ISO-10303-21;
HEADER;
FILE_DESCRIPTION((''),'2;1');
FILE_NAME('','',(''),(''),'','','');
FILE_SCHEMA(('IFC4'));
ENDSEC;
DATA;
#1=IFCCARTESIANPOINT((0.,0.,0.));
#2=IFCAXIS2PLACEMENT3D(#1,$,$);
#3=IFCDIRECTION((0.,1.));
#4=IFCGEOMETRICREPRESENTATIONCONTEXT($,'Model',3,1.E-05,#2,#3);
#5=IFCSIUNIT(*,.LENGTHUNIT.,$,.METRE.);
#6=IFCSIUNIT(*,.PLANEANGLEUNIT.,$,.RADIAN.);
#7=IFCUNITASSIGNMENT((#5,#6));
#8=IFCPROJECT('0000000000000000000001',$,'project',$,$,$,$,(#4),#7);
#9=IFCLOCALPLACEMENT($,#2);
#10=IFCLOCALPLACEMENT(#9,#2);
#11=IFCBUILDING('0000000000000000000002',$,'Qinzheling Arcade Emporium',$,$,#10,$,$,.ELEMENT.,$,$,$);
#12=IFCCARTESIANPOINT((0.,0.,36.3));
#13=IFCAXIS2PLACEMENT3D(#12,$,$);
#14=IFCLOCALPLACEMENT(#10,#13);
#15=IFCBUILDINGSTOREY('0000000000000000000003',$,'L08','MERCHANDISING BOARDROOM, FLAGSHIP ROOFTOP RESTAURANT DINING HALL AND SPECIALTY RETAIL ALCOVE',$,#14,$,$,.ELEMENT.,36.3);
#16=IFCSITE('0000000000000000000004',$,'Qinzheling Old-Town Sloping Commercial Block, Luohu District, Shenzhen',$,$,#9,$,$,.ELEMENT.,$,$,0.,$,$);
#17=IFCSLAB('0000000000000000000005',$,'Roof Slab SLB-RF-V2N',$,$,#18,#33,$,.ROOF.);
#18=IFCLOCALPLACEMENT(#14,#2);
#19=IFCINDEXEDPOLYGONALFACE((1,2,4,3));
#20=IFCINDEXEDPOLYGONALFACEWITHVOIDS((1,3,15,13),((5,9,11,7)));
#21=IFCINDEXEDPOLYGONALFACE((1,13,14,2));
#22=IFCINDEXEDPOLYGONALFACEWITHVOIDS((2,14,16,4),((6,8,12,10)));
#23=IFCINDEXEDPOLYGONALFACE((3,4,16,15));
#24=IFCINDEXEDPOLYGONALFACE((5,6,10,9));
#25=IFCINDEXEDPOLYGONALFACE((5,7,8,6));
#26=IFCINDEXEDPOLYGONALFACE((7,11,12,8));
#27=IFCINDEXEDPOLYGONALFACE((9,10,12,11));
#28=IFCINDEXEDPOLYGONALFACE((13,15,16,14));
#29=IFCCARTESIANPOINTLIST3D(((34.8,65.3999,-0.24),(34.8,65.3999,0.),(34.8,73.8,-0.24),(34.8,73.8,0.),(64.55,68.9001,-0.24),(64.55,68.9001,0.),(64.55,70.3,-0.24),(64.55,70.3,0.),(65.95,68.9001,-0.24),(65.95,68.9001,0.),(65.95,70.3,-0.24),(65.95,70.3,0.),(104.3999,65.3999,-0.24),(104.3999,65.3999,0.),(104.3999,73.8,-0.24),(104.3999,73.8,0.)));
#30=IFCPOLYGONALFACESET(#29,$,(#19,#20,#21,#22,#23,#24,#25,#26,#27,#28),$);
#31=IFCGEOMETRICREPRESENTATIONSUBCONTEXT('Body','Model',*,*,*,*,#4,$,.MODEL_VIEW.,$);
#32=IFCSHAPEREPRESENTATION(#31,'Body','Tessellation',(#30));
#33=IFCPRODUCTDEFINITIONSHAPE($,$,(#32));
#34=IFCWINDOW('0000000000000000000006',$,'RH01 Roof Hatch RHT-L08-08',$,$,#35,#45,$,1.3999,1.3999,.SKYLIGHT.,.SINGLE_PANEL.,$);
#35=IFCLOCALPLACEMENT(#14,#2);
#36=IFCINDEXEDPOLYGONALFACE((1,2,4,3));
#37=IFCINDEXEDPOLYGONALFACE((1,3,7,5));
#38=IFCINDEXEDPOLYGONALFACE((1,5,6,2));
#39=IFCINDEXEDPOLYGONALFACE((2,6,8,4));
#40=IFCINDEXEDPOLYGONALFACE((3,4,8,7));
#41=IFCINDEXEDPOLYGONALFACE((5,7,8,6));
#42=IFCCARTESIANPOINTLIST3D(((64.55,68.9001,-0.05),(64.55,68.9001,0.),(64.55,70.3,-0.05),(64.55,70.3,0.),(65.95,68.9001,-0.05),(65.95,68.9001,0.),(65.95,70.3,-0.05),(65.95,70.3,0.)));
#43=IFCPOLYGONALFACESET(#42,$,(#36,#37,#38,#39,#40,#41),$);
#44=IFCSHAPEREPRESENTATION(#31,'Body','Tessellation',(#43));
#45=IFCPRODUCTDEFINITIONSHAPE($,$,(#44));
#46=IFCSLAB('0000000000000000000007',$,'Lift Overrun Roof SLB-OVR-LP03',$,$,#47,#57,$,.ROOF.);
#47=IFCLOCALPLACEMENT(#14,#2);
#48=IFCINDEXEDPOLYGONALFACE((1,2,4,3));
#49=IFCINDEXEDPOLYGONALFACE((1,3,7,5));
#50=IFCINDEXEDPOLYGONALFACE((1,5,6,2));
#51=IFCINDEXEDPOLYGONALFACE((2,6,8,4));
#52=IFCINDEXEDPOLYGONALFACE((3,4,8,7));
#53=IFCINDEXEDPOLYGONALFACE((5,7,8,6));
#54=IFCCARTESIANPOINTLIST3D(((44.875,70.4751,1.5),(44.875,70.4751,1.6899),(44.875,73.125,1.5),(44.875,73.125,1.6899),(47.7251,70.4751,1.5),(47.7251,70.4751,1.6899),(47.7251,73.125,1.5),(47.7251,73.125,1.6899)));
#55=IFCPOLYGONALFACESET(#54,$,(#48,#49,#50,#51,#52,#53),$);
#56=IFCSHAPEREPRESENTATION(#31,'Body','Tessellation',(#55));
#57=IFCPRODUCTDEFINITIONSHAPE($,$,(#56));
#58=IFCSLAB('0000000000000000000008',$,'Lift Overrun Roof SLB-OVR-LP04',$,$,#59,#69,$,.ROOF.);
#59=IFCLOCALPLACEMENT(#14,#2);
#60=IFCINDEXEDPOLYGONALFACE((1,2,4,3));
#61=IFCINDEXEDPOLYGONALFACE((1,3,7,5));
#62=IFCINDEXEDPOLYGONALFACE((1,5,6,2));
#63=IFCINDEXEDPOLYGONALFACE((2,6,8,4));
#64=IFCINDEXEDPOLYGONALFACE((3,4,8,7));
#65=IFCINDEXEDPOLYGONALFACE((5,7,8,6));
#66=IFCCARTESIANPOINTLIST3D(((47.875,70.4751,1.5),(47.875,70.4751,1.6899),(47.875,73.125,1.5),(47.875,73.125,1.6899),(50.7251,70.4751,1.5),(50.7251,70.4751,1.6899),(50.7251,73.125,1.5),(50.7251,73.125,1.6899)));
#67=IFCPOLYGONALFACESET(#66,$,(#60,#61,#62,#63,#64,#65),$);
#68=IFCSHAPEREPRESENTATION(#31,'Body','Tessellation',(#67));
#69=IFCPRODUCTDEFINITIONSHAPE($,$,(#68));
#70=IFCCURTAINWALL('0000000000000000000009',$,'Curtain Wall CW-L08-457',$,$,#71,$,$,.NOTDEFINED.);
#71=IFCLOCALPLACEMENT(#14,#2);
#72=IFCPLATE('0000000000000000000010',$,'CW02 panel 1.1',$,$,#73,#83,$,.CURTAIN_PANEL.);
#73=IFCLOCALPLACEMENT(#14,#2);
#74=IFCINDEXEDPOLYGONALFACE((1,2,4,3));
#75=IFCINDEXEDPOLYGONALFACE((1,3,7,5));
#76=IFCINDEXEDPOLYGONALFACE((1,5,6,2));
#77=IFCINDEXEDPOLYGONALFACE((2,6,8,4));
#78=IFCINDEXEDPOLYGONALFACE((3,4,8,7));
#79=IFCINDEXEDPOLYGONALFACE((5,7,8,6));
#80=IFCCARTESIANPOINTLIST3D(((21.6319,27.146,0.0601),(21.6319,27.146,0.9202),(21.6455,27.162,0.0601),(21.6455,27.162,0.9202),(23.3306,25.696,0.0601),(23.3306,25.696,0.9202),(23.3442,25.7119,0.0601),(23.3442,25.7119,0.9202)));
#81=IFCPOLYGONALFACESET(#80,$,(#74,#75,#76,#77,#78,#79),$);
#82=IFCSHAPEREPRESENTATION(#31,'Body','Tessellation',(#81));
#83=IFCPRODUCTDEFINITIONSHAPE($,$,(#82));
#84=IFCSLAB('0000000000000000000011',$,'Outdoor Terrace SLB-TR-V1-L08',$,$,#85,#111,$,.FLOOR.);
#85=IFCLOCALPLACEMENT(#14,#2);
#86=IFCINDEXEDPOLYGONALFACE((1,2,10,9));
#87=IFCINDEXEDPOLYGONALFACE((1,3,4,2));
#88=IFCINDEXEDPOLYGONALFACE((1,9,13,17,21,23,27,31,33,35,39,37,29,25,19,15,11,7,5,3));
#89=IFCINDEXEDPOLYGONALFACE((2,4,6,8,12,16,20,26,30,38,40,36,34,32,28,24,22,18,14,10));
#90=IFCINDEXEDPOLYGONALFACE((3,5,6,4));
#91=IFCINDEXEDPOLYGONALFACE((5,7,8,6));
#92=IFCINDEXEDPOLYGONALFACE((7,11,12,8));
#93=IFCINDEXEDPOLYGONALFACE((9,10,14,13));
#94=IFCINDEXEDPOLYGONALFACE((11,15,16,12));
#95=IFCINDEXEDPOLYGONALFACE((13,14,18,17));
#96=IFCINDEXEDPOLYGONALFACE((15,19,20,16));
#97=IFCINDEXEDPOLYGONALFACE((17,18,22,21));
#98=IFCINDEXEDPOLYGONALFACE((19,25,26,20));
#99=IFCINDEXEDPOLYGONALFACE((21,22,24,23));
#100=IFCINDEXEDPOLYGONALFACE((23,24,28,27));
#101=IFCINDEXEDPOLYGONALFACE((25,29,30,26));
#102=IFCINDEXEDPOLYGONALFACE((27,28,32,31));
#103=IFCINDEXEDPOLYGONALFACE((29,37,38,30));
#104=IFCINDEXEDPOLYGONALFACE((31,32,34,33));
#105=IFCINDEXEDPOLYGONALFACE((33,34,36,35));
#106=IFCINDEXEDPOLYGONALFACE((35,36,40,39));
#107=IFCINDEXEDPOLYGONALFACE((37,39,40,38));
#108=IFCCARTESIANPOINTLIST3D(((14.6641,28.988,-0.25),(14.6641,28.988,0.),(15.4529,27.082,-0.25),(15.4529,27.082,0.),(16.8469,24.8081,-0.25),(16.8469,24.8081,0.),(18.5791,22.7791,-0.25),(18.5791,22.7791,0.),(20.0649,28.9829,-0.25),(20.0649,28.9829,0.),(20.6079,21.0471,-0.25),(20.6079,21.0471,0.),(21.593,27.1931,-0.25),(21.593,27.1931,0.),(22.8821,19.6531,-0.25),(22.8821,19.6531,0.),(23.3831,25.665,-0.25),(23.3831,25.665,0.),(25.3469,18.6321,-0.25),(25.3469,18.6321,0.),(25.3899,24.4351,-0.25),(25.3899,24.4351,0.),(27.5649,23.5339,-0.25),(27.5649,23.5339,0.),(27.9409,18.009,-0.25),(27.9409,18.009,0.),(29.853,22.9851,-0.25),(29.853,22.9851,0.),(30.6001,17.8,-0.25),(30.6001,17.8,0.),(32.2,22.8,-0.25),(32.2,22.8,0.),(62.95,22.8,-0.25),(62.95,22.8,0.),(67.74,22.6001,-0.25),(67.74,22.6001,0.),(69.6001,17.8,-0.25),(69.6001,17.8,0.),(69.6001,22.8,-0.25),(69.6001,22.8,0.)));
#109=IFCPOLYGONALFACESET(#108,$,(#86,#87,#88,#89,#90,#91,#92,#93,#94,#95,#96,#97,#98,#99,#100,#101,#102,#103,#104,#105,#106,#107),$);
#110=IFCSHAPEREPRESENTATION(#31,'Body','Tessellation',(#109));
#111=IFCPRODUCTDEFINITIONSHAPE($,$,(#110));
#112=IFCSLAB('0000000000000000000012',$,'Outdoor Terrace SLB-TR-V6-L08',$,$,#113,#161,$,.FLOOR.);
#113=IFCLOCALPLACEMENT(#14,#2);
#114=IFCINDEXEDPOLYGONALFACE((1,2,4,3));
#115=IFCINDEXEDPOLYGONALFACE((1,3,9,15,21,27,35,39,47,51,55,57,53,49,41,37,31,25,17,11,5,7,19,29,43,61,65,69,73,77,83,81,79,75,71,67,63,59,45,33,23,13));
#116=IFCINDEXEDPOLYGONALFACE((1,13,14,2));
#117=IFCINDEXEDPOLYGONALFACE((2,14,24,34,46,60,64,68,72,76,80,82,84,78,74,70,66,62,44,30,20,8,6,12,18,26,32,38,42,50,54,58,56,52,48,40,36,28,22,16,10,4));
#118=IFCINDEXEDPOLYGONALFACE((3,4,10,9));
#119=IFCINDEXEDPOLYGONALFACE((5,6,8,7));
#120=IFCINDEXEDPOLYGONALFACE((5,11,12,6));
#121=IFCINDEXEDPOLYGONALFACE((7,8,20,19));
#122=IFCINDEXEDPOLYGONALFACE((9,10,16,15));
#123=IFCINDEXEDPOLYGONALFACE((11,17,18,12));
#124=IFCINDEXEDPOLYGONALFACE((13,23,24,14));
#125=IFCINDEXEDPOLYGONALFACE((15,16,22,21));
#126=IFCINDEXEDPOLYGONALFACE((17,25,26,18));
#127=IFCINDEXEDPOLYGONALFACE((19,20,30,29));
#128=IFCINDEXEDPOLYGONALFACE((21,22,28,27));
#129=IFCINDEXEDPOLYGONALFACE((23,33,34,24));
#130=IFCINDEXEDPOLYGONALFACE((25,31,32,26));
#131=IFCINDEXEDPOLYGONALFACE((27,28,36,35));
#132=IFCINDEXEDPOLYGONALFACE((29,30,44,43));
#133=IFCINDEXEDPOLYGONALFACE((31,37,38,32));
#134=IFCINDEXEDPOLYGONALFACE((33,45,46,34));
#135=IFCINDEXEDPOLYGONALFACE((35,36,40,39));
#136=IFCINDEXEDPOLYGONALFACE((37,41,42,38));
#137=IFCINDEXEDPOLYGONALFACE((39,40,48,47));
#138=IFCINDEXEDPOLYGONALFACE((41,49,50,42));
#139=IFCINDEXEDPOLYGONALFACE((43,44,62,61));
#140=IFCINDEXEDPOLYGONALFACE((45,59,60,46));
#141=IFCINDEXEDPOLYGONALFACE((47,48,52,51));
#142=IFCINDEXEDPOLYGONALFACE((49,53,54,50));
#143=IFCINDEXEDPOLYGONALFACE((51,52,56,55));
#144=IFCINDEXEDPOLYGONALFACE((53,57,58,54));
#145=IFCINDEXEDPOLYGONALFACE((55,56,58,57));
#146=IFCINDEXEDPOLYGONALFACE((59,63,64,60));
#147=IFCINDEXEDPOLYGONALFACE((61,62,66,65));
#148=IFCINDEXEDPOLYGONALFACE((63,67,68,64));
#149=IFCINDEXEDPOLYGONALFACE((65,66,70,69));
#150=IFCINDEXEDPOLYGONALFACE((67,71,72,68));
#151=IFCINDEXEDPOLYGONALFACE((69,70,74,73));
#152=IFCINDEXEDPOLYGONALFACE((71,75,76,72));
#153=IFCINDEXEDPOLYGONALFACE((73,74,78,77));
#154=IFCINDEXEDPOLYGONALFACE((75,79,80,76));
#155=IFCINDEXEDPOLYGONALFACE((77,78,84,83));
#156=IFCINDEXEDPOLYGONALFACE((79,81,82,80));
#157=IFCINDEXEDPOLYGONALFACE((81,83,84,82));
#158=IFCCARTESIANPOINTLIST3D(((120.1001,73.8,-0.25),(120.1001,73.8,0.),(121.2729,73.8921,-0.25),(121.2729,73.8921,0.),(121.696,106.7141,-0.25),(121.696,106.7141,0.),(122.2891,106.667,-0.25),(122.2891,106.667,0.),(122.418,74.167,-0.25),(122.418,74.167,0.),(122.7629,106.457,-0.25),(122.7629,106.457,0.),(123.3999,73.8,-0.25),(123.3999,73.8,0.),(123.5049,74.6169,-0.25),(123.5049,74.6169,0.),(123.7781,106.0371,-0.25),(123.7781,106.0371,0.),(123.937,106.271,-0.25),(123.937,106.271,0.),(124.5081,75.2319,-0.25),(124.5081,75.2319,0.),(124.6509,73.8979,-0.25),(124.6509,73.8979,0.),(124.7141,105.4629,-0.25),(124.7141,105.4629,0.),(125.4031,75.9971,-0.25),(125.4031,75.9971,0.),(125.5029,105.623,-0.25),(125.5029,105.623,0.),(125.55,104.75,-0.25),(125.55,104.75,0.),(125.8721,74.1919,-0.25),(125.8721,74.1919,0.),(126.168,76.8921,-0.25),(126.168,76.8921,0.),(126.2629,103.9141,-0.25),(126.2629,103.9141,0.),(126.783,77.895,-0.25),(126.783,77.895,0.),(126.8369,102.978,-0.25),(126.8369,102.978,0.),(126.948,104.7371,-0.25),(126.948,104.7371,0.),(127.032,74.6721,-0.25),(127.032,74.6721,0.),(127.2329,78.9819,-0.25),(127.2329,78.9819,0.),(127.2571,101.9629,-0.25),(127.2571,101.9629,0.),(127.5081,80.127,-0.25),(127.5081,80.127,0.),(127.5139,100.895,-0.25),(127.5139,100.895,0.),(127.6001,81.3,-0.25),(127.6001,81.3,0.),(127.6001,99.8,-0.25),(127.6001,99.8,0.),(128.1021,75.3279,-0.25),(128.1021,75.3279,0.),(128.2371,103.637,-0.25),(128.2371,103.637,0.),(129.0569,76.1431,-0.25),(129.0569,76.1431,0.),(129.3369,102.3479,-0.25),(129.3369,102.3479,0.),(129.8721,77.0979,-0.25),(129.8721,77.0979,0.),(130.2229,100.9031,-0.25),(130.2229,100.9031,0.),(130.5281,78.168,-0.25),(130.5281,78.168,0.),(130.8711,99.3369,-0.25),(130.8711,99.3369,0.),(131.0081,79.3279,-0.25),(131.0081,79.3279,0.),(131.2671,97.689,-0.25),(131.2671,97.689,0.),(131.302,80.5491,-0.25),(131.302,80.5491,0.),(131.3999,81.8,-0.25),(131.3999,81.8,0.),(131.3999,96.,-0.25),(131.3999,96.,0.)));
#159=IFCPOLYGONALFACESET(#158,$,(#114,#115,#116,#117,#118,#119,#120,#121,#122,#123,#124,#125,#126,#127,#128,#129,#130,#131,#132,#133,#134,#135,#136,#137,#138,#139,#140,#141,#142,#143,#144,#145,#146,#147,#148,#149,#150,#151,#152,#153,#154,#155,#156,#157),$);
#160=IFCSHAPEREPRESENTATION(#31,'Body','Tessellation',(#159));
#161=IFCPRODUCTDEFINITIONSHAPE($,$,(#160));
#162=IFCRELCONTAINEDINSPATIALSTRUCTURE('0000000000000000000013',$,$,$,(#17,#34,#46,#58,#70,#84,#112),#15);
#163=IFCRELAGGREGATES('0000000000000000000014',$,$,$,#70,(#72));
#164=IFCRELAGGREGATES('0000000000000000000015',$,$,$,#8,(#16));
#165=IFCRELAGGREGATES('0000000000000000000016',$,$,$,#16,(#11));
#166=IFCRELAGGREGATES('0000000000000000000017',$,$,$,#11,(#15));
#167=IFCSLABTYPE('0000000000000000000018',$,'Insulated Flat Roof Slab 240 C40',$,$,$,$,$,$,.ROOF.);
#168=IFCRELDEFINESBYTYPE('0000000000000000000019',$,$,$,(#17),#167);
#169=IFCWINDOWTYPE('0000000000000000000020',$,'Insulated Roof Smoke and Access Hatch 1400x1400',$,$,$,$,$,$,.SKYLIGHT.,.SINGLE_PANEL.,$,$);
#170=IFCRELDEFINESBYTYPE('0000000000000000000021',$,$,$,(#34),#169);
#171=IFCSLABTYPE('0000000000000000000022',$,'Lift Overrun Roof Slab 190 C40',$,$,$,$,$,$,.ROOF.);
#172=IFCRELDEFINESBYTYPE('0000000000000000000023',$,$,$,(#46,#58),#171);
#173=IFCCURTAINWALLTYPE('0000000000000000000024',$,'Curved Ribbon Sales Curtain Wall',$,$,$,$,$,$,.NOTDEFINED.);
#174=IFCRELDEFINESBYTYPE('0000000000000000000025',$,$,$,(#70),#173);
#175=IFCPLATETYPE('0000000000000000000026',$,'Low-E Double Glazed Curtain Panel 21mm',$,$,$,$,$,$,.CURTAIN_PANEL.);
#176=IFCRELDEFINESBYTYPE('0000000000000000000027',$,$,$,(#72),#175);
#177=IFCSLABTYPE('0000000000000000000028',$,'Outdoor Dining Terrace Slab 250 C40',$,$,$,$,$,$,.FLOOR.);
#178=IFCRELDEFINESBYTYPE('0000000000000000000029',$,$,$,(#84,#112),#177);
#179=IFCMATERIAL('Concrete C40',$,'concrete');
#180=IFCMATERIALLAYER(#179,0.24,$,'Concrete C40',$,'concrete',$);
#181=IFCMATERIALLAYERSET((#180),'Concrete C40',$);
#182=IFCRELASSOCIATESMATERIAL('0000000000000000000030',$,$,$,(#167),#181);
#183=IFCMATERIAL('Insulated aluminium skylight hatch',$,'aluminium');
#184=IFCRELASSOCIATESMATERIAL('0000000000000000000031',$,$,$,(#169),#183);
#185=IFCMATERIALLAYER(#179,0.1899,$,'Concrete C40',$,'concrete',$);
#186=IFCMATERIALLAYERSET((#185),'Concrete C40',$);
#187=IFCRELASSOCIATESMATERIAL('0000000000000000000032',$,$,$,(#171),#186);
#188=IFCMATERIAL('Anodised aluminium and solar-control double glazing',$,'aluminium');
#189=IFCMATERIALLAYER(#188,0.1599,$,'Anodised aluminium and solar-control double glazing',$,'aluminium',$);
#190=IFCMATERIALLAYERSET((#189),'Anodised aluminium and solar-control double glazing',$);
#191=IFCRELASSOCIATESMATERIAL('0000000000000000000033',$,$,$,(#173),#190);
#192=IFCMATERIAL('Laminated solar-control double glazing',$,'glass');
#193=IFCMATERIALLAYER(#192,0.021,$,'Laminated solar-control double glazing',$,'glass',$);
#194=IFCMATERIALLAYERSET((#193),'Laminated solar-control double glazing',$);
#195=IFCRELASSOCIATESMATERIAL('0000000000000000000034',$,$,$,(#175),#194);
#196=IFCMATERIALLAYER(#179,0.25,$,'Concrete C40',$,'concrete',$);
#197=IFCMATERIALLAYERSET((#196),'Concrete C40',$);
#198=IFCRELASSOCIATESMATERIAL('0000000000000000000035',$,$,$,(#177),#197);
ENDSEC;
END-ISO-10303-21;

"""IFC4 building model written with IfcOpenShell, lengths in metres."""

from ifc_helpers import new_model, si_unit, direction, frame, origin, origin_2d, place, context, subcontext, project, spatial, polyline, rectangle, outline, extrude, material, layer, layer_set, type_object, element, fill, aggregate, save


model = new_model("IFC4")

# Units and contexts
model_context = context("Model", 3, precision=1e-05, world=origin(), true_north=direction((0.0, 1.0)))
body_context = subcontext(model_context, "Body", "Model", "MODEL_VIEW")
ifc_project = project(units=[si_unit("LENGTHUNIT", "METRE"), si_unit("PLANEANGLEUNIT", "RADIAN")], contexts=[model_context])

# Site, building, storey
site_placement = place(None, origin())
site = spatial("IfcSite", under=ifc_project, at=site_placement, Name="Qinzheling Old-Town Sloping Commercial Block, Luohu District, Shenzhen", CompositionType="ELEMENT", RefElevation=0.0)
building_placement = place(site_placement, origin())
building = spatial("IfcBuilding", under=site, at=building_placement, Name="Qinzheling Arcade Emporium", CompositionType="ELEMENT")
storey_placement = place(building_placement, frame((0.0, 0.0, 36.3)))
storey = spatial("IfcBuildingStorey", under=building, at=storey_placement, Name="L08", Description="MERCHANDISING BOARDROOM, FLAGSHIP ROOFTOP RESTAURANT DINING HALL AND SPECIALTY RETAIL ALCOVE", CompositionType="ELEMENT", Elevation=36.3)

# Shared definitions
ifc_material_1 = material(Name="Concrete C40", Category="concrete")

# Slab, opening, window
ifc_layer_1 = layer(ifc_material_1, 0.24, Name="Concrete C40", Category="concrete")
ifc_layer_set_1 = layer_set([ifc_layer_1], Name="Concrete C40")
slab_type_1 = type_object("IfcSlabType", Name="Insulated Flat Roof Slab 240 C40", PredefinedType="ROOF", material=ifc_layer_set_1)
ifc_material_2 = material(Name="Insulated aluminium skylight hatch", Category="aluminium")
slab_1_placement = place(storey_placement, frame((0.0, 0.0, -0.24)))
slab_1 = element("IfcSlab", 1, at=slab_1_placement, inside=storey, type_object=slab_type_1, Name="Roof Slab SLB-RF-V2N", PredefinedType="ROOF", context=body_context, shape_type="SweptSolid", body=[
    extrude(outline(polyline([(104.3999, 65.3999), (104.3999, 73.8), (34.8, 73.8), (34.8, 65.3999), (104.3999, 65.3999)])), origin(), (0.0, 0.0, 1.0), 0.24),
])
opening_1_placement = place(slab_1_placement, frame((65.25, 69.6001, -0.01)))
opening_1 = element("IfcOpeningElement", 2, at=opening_1_placement, cuts=slab_1, PredefinedType="OPENING", context=body_context, shape_type="SweptSolid", body=[
    extrude(rectangle(XDim=1.3999, YDim=1.3999, at=origin_2d()), origin(), (0.0, 0.0, 1.0), 0.26),
])
window_type_1 = type_object("IfcWindowType", Name="Insulated Roof Smoke and Access Hatch 1400x1400", PartitioningType="SINGLE_PANEL", PredefinedType="SKYLIGHT", material=ifc_material_2)
window_1_placement = place(opening_1_placement, frame((0.0, 0.0, 0.2)))
window_1 = element("IfcWindow", 3, at=window_1_placement, inside=storey, type_object=window_type_1, Name="RH01 Roof Hatch RHT-L08-08", OverallHeight=1.3999, OverallWidth=1.3999, PartitioningType="SINGLE_PANEL", PredefinedType="SKYLIGHT", context=body_context, shape_type="SweptSolid", body=[
    extrude(rectangle(XDim=1.3999, YDim=1.3999, at=origin_2d()), origin(), (0.0, 0.0, 1.0), 0.05),
])
fill(opening_1, window_1)

# Slabs
ifc_layer_2 = layer(ifc_material_1, 0.1899, Name="Concrete C40", Category="concrete")
ifc_layer_set_2 = layer_set([ifc_layer_2], Name="Concrete C40")
slab_type_2 = type_object("IfcSlabType", Name="Lift Overrun Roof Slab 190 C40", PredefinedType="ROOF", material=ifc_layer_set_2)
slab_2_placement = place(storey_placement, frame((0.0, 0.0, 1.5)))
element("IfcSlab", 4, at=slab_2_placement, inside=storey, type_object=slab_type_2, Name="Lift Overrun Roof SLB-OVR-LP03", PredefinedType="ROOF", context=body_context, shape_type="SweptSolid", body=[
    extrude(outline(polyline([(44.875, 70.4751), (47.7251, 70.4751), (47.7251, 73.125), (44.875, 73.125), (44.875, 70.4751)])), origin(), (0.0, 0.0, 1.0), 0.1899),
])
slab_3_placement = place(storey_placement, frame((0.0, 0.0, 1.5)))
element("IfcSlab", 5, at=slab_3_placement, inside=storey, type_object=slab_type_2, Name="Lift Overrun Roof SLB-OVR-LP04", PredefinedType="ROOF", context=body_context, shape_type="SweptSolid", body=[
    extrude(outline(polyline([(47.875, 70.4751), (50.7251, 70.4751), (50.7251, 73.125), (47.875, 73.125), (47.875, 70.4751)])), origin(), (0.0, 0.0, 1.0), 0.1899),
])

# Curtain wall, plate
ifc_material_3 = material(Name="Anodised aluminium and solar-control double glazing", Category="aluminium")
ifc_layer_3 = layer(ifc_material_3, 0.1599, Name="Anodised aluminium and solar-control double glazing", Category="aluminium")
ifc_layer_set_3 = layer_set([ifc_layer_3], Name="Anodised aluminium and solar-control double glazing")
curtain_wall_type = type_object("IfcCurtainWallType", Name="Curved Ribbon Sales Curtain Wall", PredefinedType="NOTDEFINED", material=ifc_layer_set_3)
curtain_wall_placement = place(storey_placement, origin())
curtain_wall = element("IfcCurtainWall", 6, at=curtain_wall_placement, inside=storey, type_object=curtain_wall_type, Name="Curtain Wall CW-L08-457", PredefinedType="NOTDEFINED")
ifc_material_4 = material(Name="Laminated solar-control double glazing", Category="glass")
ifc_layer_4 = layer(ifc_material_4, 0.021, Name="Laminated solar-control double glazing", Category="glass")
ifc_layer_set_4 = layer_set([ifc_layer_4], Name="Laminated solar-control double glazing")
plate_type = type_object("IfcPlateType", Name="Low-E Double Glazed Curtain Panel 21mm", PredefinedType="CURTAIN_PANEL", material=ifc_layer_set_4)
plate_placement = place(storey_placement, frame((22.488, 26.429, 0.0601), z_axis=(0.0, 0.0, 1.0), x_axis=(-0.760575, 0.64925, 0.0)))
plate = element("IfcPlate", 7, at=plate_placement, type_object=plate_type, Name="CW02 panel 1.1", PredefinedType="CURTAIN_PANEL", context=body_context, shape_type="SweptSolid", body=[
    extrude(rectangle(XDim=2.2334, YDim=0.021, at=origin_2d()), origin(), (0.0, 0.0, 1.0), 0.8601),
])
aggregate(curtain_wall, [plate])

# Slabs
ifc_layer_5 = layer(ifc_material_1, 0.25, Name="Concrete C40", Category="concrete")
ifc_layer_set_5 = layer_set([ifc_layer_5], Name="Concrete C40")
slab_type_3 = type_object("IfcSlabType", Name="Outdoor Dining Terrace Slab 250 C40", PredefinedType="FLOOR", material=ifc_layer_set_5)
slab_4_placement = place(storey_placement, frame((0.0, 0.0, -0.25)))
element("IfcSlab", 8, at=slab_4_placement, inside=storey, type_object=slab_type_3, Name="Outdoor Terrace SLB-TR-V1-L08", PredefinedType="FLOOR", context=body_context, shape_type="SweptSolid", body=[
    extrude(outline(polyline([(69.6001, 17.8), (69.6001, 22.8), (67.74, 22.6001), (62.95, 22.8), (32.2, 22.8), (29.853, 22.9851), (27.5649, 23.5339), (25.3899, 24.4351), (23.3831, 25.665), (21.593, 27.1931), (20.0649, 28.9829), (14.6641, 28.988), (15.4529, 27.082), (16.8469, 24.8081), (18.5791, 22.7791), (20.6079, 21.0471), (22.8821, 19.6531), (25.3469, 18.6321), (27.9409, 18.009), (30.6001, 17.8), (69.6001, 17.8)])), origin(), (0.0, 0.0, 1.0), 0.25),
])
slab_5_placement = place(storey_placement, frame((0.0, 0.0, -0.25)))
element("IfcSlab", 9, at=slab_5_placement, inside=storey, type_object=slab_type_3, Name="Outdoor Terrace SLB-TR-V6-L08", PredefinedType="FLOOR", context=body_context, shape_type="SweptSolid", body=[
    extrude(outline(polyline([(122.2891, 106.667), (121.696, 106.7141), (122.7629, 106.457), (123.7781, 106.0371), (124.7141, 105.4629), (125.55, 104.75), (126.2629, 103.9141), (126.8369, 102.978), (127.2571, 101.9629), (127.5139, 100.895), (127.6001, 99.8), (127.6001, 81.3), (127.5081, 80.127), (127.2329, 78.9819), (126.783, 77.895), (126.168, 76.8921), (125.4031, 75.9971), (124.5081, 75.2319), (123.5049, 74.6169), (122.418, 74.167), (121.2729, 73.8921), (120.1001, 73.8), (123.3999, 73.8), (124.6509, 73.8979), (125.8721, 74.1919), (127.032, 74.6721), (128.1021, 75.3279), (129.0569, 76.1431), (129.8721, 77.0979), (130.5281, 78.168), (131.0081, 79.3279), (131.302, 80.5491), (131.3999, 81.8), (131.3999, 96.0), (131.2671, 97.689), (130.8711, 99.3369), (130.2229, 100.9031), (129.3369, 102.3479), (128.2371, 103.637), (126.948, 104.7371), (125.5029, 105.623), (123.937, 106.271), (122.2891, 106.667)])), origin(), (0.0, 0.0, 1.0), 0.25),
])

save(model, "model.ifc")
